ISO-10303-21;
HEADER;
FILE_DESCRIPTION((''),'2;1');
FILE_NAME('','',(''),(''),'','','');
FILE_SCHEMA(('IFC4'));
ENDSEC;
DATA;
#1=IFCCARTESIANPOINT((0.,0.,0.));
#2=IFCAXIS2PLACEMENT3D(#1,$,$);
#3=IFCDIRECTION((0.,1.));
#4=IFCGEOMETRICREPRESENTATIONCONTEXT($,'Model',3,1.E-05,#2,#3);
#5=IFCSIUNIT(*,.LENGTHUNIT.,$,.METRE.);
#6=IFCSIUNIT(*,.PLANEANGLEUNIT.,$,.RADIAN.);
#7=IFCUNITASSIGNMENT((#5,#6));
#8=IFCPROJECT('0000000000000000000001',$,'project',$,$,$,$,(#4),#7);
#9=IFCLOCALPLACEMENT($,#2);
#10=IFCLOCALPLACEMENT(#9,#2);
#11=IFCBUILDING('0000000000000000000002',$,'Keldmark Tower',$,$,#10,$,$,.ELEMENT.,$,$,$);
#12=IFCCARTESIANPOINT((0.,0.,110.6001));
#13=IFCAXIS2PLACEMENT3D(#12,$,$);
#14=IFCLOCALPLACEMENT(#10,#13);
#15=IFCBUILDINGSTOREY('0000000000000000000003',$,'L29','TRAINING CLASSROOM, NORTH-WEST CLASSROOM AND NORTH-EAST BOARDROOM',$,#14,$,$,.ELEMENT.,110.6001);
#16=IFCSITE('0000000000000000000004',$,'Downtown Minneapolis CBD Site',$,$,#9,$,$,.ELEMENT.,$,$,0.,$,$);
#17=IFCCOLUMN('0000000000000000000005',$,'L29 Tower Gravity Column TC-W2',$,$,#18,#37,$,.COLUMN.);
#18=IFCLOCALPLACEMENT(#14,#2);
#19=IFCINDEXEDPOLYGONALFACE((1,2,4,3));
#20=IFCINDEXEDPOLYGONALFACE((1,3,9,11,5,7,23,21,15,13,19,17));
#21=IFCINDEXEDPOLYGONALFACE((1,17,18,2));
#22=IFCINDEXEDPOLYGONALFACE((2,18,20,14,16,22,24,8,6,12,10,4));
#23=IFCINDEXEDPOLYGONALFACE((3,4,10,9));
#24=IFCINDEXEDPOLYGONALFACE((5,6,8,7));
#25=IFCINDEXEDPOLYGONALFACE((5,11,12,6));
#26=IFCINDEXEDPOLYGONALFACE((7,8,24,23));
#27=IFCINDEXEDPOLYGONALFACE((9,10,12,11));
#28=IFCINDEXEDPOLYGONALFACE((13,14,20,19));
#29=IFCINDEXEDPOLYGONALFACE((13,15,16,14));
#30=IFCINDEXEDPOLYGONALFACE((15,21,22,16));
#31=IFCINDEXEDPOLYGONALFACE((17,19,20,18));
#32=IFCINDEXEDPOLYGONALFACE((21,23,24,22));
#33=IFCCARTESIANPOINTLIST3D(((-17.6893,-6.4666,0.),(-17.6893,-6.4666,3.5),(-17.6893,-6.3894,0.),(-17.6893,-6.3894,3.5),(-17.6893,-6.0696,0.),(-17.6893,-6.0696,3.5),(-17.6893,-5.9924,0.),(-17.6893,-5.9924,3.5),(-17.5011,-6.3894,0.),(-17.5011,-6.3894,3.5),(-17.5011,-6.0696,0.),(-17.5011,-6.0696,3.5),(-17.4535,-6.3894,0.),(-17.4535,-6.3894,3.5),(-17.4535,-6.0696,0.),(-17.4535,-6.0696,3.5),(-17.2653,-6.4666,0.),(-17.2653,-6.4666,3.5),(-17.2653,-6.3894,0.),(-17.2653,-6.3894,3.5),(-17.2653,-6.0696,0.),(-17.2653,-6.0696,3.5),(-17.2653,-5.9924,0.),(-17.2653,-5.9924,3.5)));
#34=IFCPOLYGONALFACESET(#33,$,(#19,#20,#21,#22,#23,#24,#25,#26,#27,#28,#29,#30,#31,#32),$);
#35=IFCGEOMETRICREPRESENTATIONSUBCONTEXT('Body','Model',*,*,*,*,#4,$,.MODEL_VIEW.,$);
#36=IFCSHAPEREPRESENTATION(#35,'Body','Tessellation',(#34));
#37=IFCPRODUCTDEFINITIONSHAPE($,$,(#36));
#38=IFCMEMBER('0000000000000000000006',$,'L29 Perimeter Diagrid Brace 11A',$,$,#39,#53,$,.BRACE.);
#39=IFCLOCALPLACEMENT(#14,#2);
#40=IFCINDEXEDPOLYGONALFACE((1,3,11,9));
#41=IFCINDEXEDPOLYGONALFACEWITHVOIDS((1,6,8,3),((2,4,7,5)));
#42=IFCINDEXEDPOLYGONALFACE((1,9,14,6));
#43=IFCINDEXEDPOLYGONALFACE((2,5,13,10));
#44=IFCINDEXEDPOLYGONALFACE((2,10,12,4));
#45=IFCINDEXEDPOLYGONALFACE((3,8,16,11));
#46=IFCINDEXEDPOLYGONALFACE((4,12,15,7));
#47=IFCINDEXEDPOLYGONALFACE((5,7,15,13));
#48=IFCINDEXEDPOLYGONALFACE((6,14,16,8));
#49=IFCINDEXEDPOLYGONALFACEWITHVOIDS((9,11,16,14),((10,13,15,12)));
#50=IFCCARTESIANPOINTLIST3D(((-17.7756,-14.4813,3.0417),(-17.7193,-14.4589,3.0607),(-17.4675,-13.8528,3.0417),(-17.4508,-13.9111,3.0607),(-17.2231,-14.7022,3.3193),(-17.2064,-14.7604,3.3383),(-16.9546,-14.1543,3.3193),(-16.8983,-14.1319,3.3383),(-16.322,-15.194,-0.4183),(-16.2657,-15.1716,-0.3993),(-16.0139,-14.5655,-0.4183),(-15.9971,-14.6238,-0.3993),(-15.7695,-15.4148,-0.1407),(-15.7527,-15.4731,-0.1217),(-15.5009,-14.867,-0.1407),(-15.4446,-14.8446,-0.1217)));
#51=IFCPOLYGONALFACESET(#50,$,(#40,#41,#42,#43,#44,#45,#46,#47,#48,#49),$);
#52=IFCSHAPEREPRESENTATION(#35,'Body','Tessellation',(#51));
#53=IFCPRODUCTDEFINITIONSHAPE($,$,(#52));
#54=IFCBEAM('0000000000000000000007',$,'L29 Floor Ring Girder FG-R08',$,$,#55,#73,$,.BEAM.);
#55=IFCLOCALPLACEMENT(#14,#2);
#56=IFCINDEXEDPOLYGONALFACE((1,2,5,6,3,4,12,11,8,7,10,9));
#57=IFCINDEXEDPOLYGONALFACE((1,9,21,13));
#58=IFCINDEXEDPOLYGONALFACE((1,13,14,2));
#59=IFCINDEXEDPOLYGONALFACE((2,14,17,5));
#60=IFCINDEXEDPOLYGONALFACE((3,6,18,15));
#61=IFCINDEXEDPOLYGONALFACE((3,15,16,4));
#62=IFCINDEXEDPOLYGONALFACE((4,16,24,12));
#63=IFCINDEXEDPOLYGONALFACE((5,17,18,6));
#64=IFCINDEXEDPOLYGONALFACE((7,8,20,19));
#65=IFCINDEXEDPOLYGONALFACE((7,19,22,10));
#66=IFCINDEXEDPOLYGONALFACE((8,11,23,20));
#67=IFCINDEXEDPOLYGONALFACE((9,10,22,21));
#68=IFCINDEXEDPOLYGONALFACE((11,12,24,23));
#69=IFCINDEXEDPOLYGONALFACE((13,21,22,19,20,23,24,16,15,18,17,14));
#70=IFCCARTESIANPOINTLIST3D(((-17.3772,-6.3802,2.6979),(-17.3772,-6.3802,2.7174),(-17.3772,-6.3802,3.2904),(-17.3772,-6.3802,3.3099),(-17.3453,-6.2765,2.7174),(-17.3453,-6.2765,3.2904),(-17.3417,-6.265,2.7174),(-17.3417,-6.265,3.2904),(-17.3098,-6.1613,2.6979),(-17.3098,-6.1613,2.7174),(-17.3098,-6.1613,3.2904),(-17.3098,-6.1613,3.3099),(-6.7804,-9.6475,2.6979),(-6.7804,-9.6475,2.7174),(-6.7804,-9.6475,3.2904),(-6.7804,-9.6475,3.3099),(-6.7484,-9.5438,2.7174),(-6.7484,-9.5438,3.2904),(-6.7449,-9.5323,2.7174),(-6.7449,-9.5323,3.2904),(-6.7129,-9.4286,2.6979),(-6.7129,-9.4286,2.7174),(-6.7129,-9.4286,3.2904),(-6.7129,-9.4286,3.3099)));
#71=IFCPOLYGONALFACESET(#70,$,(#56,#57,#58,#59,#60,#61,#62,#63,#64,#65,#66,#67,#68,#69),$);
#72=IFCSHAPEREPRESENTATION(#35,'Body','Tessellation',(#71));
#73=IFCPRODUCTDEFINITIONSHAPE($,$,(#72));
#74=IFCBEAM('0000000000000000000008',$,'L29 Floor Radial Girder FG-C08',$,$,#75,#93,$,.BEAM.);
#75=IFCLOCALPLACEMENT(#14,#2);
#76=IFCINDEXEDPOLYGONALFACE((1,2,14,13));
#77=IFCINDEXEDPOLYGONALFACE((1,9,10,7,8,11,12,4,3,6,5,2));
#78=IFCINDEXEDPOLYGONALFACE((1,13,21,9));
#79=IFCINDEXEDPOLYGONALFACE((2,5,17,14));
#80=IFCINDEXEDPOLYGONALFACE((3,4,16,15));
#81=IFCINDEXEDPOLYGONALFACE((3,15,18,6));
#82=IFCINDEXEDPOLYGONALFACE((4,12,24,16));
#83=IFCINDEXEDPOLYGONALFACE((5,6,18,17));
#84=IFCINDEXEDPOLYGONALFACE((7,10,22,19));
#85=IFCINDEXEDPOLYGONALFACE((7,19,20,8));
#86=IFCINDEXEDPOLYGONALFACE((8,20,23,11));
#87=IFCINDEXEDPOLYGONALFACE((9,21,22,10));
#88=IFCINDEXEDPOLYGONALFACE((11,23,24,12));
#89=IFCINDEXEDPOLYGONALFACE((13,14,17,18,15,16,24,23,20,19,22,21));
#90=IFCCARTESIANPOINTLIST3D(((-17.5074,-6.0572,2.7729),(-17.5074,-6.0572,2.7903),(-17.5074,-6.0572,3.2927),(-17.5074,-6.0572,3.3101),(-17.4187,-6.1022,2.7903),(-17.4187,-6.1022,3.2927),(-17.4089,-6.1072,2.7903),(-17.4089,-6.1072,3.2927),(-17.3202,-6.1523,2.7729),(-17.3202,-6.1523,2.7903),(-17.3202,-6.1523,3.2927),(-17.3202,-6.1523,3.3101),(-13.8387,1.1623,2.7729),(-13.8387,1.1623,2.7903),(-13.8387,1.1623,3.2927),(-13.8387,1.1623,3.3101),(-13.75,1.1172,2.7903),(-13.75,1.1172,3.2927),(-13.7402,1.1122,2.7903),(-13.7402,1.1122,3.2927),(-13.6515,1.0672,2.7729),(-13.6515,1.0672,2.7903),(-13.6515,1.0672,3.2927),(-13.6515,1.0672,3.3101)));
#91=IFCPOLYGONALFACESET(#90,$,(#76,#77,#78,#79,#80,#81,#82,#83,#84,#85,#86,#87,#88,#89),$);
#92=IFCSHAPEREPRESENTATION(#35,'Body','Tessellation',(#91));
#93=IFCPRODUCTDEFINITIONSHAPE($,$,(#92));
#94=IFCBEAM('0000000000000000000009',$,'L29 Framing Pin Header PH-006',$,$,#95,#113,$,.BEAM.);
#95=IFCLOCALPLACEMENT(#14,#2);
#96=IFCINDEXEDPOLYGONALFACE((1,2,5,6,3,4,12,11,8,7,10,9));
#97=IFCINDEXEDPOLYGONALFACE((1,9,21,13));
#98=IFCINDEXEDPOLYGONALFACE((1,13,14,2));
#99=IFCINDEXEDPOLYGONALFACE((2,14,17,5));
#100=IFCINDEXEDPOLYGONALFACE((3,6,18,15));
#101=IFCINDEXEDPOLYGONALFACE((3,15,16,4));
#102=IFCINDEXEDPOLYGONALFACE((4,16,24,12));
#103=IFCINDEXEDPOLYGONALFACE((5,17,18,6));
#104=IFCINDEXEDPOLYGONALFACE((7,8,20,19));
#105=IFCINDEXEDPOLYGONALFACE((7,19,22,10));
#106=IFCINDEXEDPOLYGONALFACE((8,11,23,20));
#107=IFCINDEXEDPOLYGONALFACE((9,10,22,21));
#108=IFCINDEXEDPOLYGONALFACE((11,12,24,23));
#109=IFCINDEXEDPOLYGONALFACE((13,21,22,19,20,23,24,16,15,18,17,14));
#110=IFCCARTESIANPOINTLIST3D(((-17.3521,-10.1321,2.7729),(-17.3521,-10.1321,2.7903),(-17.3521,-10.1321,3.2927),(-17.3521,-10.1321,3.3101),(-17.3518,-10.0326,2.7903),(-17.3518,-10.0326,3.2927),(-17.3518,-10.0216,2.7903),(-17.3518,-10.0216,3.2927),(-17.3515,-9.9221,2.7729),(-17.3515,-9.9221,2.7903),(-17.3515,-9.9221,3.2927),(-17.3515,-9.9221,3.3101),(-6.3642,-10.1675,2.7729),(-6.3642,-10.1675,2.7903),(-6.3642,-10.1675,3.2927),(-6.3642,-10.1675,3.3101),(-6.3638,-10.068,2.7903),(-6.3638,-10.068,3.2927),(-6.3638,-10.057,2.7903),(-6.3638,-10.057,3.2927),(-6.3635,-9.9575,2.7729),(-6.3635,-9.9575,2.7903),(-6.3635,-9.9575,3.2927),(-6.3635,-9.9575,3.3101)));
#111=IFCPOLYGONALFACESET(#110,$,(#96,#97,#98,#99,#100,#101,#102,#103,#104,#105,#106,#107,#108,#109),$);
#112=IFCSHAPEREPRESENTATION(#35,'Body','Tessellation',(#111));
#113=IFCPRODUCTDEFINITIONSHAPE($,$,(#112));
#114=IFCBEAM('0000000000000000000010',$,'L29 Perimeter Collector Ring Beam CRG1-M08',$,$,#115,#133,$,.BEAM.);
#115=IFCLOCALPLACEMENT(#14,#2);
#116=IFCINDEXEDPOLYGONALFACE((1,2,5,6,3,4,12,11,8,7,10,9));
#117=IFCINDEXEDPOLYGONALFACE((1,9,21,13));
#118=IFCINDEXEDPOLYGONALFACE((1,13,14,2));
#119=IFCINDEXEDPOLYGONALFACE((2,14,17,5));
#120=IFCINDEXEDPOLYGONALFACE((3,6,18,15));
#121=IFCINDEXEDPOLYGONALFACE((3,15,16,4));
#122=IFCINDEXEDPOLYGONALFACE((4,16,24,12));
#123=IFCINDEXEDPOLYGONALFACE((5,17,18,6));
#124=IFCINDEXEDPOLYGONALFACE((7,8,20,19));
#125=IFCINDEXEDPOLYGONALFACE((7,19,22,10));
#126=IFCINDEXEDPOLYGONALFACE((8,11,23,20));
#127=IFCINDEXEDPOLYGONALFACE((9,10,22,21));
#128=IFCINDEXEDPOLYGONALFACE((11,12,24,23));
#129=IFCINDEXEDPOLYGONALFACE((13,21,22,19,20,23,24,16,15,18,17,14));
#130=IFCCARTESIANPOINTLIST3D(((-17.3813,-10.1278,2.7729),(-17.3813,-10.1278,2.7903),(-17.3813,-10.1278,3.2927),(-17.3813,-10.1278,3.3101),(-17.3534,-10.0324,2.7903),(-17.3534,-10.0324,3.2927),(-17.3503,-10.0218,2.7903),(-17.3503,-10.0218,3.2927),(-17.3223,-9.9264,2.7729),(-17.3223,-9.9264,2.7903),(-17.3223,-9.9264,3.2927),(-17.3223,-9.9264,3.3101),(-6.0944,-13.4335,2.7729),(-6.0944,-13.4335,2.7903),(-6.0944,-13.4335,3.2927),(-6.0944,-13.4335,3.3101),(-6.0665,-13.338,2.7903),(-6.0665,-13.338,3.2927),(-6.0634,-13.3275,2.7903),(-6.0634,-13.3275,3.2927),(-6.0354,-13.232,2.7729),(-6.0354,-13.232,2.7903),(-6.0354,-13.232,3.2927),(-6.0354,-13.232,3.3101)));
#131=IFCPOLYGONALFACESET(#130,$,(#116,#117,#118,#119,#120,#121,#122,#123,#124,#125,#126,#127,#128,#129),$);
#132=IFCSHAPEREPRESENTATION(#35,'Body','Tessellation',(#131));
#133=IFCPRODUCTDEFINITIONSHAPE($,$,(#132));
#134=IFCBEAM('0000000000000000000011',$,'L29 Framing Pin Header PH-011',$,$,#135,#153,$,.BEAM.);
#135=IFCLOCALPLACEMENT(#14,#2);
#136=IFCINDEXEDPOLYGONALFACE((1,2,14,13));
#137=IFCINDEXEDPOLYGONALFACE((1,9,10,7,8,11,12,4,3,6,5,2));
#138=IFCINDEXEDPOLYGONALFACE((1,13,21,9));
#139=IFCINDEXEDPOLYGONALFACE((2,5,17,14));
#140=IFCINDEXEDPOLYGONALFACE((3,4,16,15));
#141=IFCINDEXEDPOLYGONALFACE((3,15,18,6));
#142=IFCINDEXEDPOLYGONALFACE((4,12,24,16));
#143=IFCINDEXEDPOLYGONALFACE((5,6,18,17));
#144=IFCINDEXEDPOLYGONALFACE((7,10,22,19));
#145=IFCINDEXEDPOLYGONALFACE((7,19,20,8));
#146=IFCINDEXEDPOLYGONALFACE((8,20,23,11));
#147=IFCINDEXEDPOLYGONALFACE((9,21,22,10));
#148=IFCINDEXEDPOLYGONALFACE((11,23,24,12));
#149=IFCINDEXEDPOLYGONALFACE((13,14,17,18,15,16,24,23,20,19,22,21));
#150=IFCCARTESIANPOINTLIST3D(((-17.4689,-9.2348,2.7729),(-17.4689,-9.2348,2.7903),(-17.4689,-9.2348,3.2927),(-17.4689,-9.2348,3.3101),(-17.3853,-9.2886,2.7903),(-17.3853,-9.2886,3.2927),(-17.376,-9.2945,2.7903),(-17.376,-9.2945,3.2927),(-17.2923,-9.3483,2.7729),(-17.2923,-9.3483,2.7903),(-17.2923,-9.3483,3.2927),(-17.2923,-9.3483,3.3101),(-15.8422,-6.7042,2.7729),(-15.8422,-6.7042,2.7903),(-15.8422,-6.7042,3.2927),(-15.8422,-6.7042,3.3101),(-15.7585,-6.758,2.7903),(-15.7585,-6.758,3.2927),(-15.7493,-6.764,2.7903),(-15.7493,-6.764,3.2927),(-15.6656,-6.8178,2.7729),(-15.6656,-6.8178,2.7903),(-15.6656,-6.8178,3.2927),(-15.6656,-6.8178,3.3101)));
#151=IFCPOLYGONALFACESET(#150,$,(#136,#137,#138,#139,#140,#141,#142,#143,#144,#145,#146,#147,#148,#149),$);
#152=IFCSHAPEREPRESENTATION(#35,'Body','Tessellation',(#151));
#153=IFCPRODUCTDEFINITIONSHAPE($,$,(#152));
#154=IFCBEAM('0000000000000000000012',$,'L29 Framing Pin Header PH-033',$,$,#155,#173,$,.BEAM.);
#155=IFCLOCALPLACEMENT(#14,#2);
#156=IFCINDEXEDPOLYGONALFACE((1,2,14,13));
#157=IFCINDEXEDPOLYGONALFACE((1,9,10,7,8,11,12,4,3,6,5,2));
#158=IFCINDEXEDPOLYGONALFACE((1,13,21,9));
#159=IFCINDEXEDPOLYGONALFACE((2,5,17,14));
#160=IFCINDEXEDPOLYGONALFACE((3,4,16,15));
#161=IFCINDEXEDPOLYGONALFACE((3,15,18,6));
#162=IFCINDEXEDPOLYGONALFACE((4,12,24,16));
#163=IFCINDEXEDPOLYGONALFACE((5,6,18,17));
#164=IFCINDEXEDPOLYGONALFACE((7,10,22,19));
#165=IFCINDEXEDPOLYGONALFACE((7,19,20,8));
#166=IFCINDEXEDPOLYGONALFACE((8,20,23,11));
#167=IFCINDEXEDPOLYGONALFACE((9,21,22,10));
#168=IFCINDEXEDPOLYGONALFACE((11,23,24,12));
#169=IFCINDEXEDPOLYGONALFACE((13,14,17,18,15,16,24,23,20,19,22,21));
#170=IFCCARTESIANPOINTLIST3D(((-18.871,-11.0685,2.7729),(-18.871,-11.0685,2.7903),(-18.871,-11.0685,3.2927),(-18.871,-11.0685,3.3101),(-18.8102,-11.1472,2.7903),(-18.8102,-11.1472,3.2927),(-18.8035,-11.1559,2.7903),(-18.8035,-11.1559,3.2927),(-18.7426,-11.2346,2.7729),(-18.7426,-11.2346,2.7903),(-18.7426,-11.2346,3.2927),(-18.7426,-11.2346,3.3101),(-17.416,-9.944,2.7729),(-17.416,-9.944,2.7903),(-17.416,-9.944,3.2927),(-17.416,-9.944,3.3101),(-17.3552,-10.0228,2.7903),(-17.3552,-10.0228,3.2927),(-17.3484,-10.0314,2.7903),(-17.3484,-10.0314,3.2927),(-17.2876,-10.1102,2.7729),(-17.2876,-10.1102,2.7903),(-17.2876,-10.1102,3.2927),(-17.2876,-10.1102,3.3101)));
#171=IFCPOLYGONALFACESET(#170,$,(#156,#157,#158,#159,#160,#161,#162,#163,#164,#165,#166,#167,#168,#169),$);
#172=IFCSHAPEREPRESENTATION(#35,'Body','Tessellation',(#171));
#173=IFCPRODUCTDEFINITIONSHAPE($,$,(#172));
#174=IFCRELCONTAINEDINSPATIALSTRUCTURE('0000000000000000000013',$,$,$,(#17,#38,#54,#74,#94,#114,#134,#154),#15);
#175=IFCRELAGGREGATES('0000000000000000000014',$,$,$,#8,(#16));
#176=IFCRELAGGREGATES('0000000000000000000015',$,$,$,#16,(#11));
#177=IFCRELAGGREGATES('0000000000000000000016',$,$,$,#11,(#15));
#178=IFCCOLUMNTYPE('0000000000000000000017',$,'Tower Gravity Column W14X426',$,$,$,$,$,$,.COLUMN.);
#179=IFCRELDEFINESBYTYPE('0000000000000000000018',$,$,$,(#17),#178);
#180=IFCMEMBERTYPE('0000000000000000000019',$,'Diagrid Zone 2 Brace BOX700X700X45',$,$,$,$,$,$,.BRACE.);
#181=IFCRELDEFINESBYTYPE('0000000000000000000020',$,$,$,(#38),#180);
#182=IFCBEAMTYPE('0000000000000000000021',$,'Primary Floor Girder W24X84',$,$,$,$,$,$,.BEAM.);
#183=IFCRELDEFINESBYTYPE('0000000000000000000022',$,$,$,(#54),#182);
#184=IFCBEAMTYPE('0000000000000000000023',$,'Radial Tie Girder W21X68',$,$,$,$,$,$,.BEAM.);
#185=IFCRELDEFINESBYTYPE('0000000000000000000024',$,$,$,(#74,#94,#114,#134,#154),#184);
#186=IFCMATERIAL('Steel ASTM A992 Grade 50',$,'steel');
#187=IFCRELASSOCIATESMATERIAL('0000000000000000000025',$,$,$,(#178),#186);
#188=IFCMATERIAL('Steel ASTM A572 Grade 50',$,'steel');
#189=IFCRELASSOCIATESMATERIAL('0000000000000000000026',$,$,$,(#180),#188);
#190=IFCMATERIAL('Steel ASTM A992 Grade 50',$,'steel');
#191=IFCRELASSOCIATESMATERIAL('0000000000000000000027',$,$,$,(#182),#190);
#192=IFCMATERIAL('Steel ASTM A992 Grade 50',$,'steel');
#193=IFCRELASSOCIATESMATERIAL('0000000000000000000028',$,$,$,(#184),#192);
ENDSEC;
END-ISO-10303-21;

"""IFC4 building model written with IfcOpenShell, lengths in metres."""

from ifc_helpers import new_model, si_unit, direction, frame, origin, origin_2d, place, context, subcontext, project, spatial, hollow_rectangle, i_section, extrude, material, material_profile, profile_set, type_object, element, save


model = new_model("IFC4")

# Units and contexts
model_context = context("Model", 3, precision=1e-05, world=origin(), true_north=direction((0.0, 1.0)))
body_context = subcontext(model_context, "Body", "Model", "MODEL_VIEW")
ifc_project = project(units=[si_unit("LENGTHUNIT", "METRE"), si_unit("PLANEANGLEUNIT", "RADIAN")], contexts=[model_context])

# Site, building, storey
site_placement = place(None, origin())
site = spatial("IfcSite", under=ifc_project, at=site_placement, Name="Downtown Minneapolis CBD Site", CompositionType="ELEMENT", RefElevation=0.0)
building_placement = place(site_placement, origin())
building = spatial("IfcBuilding", under=site, at=building_placement, Name="Keldmark Tower", CompositionType="ELEMENT")
storey_placement = place(building_placement, frame((0.0, 0.0, 110.6001)))
storey = spatial("IfcBuildingStorey", under=building, at=storey_placement, Name="L29", Description="TRAINING CLASSROOM, NORTH-WEST CLASSROOM AND NORTH-EAST BOARDROOM", CompositionType="ELEMENT", Elevation=110.6001)

# Column
ifc_material_1 = material(Name="Steel ASTM A992 Grade 50", Category="steel")
ifc_material_profile_1 = material_profile(ifc_material_1, i_section(OverallWidth=0.4241, OverallDepth=0.4741, WebThickness=0.0476, FlangeThickness=0.0771, at=origin_2d()), Name="W14X426")
ifc_profile_set_1 = profile_set([ifc_material_profile_1], Name="Steel ASTM A992 Grade 50")
column_type = type_object("IfcColumnType", Name="Tower Gravity Column W14X426", PredefinedType="COLUMN", material=ifc_profile_set_1)
column_placement = place(storey_placement, frame((-17.4773, -6.2295, 0.0), z_axis=(0.0, 0.0, 1.0), x_axis=(1.0, 0.0, 0.0)))
element("IfcColumn", 1, at=column_placement, inside=storey, type_object=column_type, Name="L29 Tower Gravity Column TC-W2", PredefinedType="COLUMN", context=body_context, shape_type="SweptSolid", body=[
    extrude(i_section(OverallWidth=0.4241, OverallDepth=0.4741, WebThickness=0.0476, FlangeThickness=0.0771, at=origin_2d()), origin(), (0.0, 0.0, 1.0), 3.5),
])

# Member
ifc_material_2 = material(Name="Steel ASTM A572 Grade 50", Category="steel")
ifc_material_profile_2 = material_profile(ifc_material_2, hollow_rectangle(XDim=0.7, YDim=0.7, WallThickness=0.0449, at=origin_2d()), Name="BOX700X700X45")
ifc_profile_set_2 = profile_set([ifc_material_profile_2], Name="Steel ASTM A572 Grade 50")
member_type = type_object("IfcMemberType", Name="Diagrid Zone 2 Brace BOX700X700X45", PredefinedType="BRACE", material=ifc_profile_set_2)
member_placement = place(storey_placement, frame((-15.8833, -15.0193, -0.27), z_axis=(-0.38053, 0.186558, 0.905756), x_axis=(-0.440203, -0.897899, 0.0)))
element("IfcMember", 2, at=member_placement, inside=storey, type_object=member_type, Name="L29 Perimeter Diagrid Brace 11A", PredefinedType="BRACE", context=body_context, shape_type="SweptSolid", body=[
    extrude(hollow_rectangle(XDim=0.7, YDim=0.7, WallThickness=0.0449, at=origin_2d()), origin(), (0.0, 0.0, 1.0), 3.8201),
])

# Beams
ifc_material_3 = material(Name="Steel ASTM A992 Grade 50", Category="steel")
ifc_material_profile_3 = material_profile(ifc_material_3, i_section(OverallWidth=0.229, OverallDepth=0.6121, WebThickness=0.012, FlangeThickness=0.0195, at=origin_2d()), Name="W24X84")
ifc_profile_set_3 = profile_set([ifc_material_profile_3], Name="Steel ASTM A992 Grade 50")
beam_type_1 = type_object("IfcBeamType", Name="Primary Floor Girder W24X84", PredefinedType="BEAM", material=ifc_profile_set_3)
beam_1_placement = place(storey_placement, frame((-17.3435, -6.2708, 3.0039), z_axis=(0.955608, -0.294641, 0.0), x_axis=(0.294641, 0.955608, 0.0)))
element("IfcBeam", 3, at=beam_1_placement, inside=storey, type_object=beam_type_1, Name="L29 Floor Ring Girder FG-R08", PredefinedType="BEAM", context=body_context, shape_type="SweptSolid", body=[
    extrude(i_section(OverallWidth=0.229, OverallDepth=0.6121, WebThickness=0.012, FlangeThickness=0.0195, at=origin_2d()), origin(), (0.0, 0.0, 1.0), 11.0891),
])
ifc_material_4 = material(Name="Steel ASTM A992 Grade 50", Category="steel")
ifc_material_profile_4 = material_profile(ifc_material_4, i_section(OverallWidth=0.21, OverallDepth=0.5371, WebThickness=0.011, FlangeThickness=0.0173, at=origin_2d()), Name="W21X68")
ifc_profile_set_4 = profile_set([ifc_material_profile_4], Name="Steel ASTM A992 Grade 50")
beam_type_2 = type_object("IfcBeamType", Name="Radial Tie Girder W21X68", PredefinedType="BEAM", material=ifc_profile_set_4)
beam_2_placement = place(storey_placement, frame((-17.4138, -6.1047, 3.0415), z_axis=(0.453029, 0.891496, 0.0), x_axis=(-0.891496, 0.453029, 0.0)))
element("IfcBeam", 4, at=beam_2_placement, inside=storey, type_object=beam_type_2, Name="L29 Floor Radial Girder FG-C08", PredefinedType="BEAM", context=body_context, shape_type="SweptSolid", body=[
    extrude(i_section(OverallWidth=0.21, OverallDepth=0.5371, WebThickness=0.011, FlangeThickness=0.0173, at=origin_2d()), origin(), (0.0, 0.0, 1.0), 8.0981),
])
beam_3_placement = place(storey_placement, frame((-17.3518, -10.0271, 3.0415), z_axis=(0.999995, -0.003222, 0.0), x_axis=(0.003222, 0.999995, 0.0)))
element("IfcBeam", 5, at=beam_3_placement, inside=storey, type_object=beam_type_2, Name="L29 Framing Pin Header PH-006", PredefinedType="BEAM", context=body_context, shape_type="SweptSolid", body=[
    extrude(i_section(OverallWidth=0.21, OverallDepth=0.5371, WebThickness=0.011, FlangeThickness=0.0173, at=origin_2d()), origin(), (0.0, 0.0, 1.0), 10.988),
])
beam_4_placement = place(storey_placement, frame((-17.3518, -10.0271, 3.0415), z_axis=(0.959687, -0.28107, 0.0), x_axis=(0.28107, 0.959687, 0.0)))
element("IfcBeam", 6, at=beam_4_placement, inside=storey, type_object=beam_type_2, Name="L29 Perimeter Collector Ring Beam CRG1-M08", PredefinedType="BEAM", context=body_context, shape_type="SweptSolid", body=[
    extrude(i_section(OverallWidth=0.21, OverallDepth=0.5371, WebThickness=0.011, FlangeThickness=0.0173, at=origin_2d()), origin(), (0.0, 0.0, 1.0), 11.761),
])
beam_5_placement = place(storey_placement, frame((-15.7539, -6.761, 3.0415), z_axis=(-0.540745, -0.841186, 0.0), x_axis=(0.841186, -0.540745, 0.0)))
element("IfcBeam", 7, at=beam_5_placement, inside=storey, type_object=beam_type_2, Name="L29 Framing Pin Header PH-011", PredefinedType="BEAM", context=body_context, shape_type="SweptSolid", body=[
    extrude(i_section(OverallWidth=0.21, OverallDepth=0.5371, WebThickness=0.011, FlangeThickness=0.0173, at=origin_2d()), origin(), (0.0, 0.0, 1.0), 3.0083),
])
beam_6_placement = place(storey_placement, frame((-17.3518, -10.0271, 3.0415), z_axis=(-0.79125, -0.611493, 0.0), x_axis=(0.611493, -0.79125, 0.0)))
element("IfcBeam", 8, at=beam_6_placement, inside=storey, type_object=beam_type_2, Name="L29 Framing Pin Header PH-033", PredefinedType="BEAM", context=body_context, shape_type="SweptSolid", body=[
    extrude(i_section(OverallWidth=0.21, OverallDepth=0.5371, WebThickness=0.011, FlangeThickness=0.0173, at=origin_2d()), origin(), (0.0, 0.0, 1.0), 1.8389),
])

save(model, "model.ifc")
